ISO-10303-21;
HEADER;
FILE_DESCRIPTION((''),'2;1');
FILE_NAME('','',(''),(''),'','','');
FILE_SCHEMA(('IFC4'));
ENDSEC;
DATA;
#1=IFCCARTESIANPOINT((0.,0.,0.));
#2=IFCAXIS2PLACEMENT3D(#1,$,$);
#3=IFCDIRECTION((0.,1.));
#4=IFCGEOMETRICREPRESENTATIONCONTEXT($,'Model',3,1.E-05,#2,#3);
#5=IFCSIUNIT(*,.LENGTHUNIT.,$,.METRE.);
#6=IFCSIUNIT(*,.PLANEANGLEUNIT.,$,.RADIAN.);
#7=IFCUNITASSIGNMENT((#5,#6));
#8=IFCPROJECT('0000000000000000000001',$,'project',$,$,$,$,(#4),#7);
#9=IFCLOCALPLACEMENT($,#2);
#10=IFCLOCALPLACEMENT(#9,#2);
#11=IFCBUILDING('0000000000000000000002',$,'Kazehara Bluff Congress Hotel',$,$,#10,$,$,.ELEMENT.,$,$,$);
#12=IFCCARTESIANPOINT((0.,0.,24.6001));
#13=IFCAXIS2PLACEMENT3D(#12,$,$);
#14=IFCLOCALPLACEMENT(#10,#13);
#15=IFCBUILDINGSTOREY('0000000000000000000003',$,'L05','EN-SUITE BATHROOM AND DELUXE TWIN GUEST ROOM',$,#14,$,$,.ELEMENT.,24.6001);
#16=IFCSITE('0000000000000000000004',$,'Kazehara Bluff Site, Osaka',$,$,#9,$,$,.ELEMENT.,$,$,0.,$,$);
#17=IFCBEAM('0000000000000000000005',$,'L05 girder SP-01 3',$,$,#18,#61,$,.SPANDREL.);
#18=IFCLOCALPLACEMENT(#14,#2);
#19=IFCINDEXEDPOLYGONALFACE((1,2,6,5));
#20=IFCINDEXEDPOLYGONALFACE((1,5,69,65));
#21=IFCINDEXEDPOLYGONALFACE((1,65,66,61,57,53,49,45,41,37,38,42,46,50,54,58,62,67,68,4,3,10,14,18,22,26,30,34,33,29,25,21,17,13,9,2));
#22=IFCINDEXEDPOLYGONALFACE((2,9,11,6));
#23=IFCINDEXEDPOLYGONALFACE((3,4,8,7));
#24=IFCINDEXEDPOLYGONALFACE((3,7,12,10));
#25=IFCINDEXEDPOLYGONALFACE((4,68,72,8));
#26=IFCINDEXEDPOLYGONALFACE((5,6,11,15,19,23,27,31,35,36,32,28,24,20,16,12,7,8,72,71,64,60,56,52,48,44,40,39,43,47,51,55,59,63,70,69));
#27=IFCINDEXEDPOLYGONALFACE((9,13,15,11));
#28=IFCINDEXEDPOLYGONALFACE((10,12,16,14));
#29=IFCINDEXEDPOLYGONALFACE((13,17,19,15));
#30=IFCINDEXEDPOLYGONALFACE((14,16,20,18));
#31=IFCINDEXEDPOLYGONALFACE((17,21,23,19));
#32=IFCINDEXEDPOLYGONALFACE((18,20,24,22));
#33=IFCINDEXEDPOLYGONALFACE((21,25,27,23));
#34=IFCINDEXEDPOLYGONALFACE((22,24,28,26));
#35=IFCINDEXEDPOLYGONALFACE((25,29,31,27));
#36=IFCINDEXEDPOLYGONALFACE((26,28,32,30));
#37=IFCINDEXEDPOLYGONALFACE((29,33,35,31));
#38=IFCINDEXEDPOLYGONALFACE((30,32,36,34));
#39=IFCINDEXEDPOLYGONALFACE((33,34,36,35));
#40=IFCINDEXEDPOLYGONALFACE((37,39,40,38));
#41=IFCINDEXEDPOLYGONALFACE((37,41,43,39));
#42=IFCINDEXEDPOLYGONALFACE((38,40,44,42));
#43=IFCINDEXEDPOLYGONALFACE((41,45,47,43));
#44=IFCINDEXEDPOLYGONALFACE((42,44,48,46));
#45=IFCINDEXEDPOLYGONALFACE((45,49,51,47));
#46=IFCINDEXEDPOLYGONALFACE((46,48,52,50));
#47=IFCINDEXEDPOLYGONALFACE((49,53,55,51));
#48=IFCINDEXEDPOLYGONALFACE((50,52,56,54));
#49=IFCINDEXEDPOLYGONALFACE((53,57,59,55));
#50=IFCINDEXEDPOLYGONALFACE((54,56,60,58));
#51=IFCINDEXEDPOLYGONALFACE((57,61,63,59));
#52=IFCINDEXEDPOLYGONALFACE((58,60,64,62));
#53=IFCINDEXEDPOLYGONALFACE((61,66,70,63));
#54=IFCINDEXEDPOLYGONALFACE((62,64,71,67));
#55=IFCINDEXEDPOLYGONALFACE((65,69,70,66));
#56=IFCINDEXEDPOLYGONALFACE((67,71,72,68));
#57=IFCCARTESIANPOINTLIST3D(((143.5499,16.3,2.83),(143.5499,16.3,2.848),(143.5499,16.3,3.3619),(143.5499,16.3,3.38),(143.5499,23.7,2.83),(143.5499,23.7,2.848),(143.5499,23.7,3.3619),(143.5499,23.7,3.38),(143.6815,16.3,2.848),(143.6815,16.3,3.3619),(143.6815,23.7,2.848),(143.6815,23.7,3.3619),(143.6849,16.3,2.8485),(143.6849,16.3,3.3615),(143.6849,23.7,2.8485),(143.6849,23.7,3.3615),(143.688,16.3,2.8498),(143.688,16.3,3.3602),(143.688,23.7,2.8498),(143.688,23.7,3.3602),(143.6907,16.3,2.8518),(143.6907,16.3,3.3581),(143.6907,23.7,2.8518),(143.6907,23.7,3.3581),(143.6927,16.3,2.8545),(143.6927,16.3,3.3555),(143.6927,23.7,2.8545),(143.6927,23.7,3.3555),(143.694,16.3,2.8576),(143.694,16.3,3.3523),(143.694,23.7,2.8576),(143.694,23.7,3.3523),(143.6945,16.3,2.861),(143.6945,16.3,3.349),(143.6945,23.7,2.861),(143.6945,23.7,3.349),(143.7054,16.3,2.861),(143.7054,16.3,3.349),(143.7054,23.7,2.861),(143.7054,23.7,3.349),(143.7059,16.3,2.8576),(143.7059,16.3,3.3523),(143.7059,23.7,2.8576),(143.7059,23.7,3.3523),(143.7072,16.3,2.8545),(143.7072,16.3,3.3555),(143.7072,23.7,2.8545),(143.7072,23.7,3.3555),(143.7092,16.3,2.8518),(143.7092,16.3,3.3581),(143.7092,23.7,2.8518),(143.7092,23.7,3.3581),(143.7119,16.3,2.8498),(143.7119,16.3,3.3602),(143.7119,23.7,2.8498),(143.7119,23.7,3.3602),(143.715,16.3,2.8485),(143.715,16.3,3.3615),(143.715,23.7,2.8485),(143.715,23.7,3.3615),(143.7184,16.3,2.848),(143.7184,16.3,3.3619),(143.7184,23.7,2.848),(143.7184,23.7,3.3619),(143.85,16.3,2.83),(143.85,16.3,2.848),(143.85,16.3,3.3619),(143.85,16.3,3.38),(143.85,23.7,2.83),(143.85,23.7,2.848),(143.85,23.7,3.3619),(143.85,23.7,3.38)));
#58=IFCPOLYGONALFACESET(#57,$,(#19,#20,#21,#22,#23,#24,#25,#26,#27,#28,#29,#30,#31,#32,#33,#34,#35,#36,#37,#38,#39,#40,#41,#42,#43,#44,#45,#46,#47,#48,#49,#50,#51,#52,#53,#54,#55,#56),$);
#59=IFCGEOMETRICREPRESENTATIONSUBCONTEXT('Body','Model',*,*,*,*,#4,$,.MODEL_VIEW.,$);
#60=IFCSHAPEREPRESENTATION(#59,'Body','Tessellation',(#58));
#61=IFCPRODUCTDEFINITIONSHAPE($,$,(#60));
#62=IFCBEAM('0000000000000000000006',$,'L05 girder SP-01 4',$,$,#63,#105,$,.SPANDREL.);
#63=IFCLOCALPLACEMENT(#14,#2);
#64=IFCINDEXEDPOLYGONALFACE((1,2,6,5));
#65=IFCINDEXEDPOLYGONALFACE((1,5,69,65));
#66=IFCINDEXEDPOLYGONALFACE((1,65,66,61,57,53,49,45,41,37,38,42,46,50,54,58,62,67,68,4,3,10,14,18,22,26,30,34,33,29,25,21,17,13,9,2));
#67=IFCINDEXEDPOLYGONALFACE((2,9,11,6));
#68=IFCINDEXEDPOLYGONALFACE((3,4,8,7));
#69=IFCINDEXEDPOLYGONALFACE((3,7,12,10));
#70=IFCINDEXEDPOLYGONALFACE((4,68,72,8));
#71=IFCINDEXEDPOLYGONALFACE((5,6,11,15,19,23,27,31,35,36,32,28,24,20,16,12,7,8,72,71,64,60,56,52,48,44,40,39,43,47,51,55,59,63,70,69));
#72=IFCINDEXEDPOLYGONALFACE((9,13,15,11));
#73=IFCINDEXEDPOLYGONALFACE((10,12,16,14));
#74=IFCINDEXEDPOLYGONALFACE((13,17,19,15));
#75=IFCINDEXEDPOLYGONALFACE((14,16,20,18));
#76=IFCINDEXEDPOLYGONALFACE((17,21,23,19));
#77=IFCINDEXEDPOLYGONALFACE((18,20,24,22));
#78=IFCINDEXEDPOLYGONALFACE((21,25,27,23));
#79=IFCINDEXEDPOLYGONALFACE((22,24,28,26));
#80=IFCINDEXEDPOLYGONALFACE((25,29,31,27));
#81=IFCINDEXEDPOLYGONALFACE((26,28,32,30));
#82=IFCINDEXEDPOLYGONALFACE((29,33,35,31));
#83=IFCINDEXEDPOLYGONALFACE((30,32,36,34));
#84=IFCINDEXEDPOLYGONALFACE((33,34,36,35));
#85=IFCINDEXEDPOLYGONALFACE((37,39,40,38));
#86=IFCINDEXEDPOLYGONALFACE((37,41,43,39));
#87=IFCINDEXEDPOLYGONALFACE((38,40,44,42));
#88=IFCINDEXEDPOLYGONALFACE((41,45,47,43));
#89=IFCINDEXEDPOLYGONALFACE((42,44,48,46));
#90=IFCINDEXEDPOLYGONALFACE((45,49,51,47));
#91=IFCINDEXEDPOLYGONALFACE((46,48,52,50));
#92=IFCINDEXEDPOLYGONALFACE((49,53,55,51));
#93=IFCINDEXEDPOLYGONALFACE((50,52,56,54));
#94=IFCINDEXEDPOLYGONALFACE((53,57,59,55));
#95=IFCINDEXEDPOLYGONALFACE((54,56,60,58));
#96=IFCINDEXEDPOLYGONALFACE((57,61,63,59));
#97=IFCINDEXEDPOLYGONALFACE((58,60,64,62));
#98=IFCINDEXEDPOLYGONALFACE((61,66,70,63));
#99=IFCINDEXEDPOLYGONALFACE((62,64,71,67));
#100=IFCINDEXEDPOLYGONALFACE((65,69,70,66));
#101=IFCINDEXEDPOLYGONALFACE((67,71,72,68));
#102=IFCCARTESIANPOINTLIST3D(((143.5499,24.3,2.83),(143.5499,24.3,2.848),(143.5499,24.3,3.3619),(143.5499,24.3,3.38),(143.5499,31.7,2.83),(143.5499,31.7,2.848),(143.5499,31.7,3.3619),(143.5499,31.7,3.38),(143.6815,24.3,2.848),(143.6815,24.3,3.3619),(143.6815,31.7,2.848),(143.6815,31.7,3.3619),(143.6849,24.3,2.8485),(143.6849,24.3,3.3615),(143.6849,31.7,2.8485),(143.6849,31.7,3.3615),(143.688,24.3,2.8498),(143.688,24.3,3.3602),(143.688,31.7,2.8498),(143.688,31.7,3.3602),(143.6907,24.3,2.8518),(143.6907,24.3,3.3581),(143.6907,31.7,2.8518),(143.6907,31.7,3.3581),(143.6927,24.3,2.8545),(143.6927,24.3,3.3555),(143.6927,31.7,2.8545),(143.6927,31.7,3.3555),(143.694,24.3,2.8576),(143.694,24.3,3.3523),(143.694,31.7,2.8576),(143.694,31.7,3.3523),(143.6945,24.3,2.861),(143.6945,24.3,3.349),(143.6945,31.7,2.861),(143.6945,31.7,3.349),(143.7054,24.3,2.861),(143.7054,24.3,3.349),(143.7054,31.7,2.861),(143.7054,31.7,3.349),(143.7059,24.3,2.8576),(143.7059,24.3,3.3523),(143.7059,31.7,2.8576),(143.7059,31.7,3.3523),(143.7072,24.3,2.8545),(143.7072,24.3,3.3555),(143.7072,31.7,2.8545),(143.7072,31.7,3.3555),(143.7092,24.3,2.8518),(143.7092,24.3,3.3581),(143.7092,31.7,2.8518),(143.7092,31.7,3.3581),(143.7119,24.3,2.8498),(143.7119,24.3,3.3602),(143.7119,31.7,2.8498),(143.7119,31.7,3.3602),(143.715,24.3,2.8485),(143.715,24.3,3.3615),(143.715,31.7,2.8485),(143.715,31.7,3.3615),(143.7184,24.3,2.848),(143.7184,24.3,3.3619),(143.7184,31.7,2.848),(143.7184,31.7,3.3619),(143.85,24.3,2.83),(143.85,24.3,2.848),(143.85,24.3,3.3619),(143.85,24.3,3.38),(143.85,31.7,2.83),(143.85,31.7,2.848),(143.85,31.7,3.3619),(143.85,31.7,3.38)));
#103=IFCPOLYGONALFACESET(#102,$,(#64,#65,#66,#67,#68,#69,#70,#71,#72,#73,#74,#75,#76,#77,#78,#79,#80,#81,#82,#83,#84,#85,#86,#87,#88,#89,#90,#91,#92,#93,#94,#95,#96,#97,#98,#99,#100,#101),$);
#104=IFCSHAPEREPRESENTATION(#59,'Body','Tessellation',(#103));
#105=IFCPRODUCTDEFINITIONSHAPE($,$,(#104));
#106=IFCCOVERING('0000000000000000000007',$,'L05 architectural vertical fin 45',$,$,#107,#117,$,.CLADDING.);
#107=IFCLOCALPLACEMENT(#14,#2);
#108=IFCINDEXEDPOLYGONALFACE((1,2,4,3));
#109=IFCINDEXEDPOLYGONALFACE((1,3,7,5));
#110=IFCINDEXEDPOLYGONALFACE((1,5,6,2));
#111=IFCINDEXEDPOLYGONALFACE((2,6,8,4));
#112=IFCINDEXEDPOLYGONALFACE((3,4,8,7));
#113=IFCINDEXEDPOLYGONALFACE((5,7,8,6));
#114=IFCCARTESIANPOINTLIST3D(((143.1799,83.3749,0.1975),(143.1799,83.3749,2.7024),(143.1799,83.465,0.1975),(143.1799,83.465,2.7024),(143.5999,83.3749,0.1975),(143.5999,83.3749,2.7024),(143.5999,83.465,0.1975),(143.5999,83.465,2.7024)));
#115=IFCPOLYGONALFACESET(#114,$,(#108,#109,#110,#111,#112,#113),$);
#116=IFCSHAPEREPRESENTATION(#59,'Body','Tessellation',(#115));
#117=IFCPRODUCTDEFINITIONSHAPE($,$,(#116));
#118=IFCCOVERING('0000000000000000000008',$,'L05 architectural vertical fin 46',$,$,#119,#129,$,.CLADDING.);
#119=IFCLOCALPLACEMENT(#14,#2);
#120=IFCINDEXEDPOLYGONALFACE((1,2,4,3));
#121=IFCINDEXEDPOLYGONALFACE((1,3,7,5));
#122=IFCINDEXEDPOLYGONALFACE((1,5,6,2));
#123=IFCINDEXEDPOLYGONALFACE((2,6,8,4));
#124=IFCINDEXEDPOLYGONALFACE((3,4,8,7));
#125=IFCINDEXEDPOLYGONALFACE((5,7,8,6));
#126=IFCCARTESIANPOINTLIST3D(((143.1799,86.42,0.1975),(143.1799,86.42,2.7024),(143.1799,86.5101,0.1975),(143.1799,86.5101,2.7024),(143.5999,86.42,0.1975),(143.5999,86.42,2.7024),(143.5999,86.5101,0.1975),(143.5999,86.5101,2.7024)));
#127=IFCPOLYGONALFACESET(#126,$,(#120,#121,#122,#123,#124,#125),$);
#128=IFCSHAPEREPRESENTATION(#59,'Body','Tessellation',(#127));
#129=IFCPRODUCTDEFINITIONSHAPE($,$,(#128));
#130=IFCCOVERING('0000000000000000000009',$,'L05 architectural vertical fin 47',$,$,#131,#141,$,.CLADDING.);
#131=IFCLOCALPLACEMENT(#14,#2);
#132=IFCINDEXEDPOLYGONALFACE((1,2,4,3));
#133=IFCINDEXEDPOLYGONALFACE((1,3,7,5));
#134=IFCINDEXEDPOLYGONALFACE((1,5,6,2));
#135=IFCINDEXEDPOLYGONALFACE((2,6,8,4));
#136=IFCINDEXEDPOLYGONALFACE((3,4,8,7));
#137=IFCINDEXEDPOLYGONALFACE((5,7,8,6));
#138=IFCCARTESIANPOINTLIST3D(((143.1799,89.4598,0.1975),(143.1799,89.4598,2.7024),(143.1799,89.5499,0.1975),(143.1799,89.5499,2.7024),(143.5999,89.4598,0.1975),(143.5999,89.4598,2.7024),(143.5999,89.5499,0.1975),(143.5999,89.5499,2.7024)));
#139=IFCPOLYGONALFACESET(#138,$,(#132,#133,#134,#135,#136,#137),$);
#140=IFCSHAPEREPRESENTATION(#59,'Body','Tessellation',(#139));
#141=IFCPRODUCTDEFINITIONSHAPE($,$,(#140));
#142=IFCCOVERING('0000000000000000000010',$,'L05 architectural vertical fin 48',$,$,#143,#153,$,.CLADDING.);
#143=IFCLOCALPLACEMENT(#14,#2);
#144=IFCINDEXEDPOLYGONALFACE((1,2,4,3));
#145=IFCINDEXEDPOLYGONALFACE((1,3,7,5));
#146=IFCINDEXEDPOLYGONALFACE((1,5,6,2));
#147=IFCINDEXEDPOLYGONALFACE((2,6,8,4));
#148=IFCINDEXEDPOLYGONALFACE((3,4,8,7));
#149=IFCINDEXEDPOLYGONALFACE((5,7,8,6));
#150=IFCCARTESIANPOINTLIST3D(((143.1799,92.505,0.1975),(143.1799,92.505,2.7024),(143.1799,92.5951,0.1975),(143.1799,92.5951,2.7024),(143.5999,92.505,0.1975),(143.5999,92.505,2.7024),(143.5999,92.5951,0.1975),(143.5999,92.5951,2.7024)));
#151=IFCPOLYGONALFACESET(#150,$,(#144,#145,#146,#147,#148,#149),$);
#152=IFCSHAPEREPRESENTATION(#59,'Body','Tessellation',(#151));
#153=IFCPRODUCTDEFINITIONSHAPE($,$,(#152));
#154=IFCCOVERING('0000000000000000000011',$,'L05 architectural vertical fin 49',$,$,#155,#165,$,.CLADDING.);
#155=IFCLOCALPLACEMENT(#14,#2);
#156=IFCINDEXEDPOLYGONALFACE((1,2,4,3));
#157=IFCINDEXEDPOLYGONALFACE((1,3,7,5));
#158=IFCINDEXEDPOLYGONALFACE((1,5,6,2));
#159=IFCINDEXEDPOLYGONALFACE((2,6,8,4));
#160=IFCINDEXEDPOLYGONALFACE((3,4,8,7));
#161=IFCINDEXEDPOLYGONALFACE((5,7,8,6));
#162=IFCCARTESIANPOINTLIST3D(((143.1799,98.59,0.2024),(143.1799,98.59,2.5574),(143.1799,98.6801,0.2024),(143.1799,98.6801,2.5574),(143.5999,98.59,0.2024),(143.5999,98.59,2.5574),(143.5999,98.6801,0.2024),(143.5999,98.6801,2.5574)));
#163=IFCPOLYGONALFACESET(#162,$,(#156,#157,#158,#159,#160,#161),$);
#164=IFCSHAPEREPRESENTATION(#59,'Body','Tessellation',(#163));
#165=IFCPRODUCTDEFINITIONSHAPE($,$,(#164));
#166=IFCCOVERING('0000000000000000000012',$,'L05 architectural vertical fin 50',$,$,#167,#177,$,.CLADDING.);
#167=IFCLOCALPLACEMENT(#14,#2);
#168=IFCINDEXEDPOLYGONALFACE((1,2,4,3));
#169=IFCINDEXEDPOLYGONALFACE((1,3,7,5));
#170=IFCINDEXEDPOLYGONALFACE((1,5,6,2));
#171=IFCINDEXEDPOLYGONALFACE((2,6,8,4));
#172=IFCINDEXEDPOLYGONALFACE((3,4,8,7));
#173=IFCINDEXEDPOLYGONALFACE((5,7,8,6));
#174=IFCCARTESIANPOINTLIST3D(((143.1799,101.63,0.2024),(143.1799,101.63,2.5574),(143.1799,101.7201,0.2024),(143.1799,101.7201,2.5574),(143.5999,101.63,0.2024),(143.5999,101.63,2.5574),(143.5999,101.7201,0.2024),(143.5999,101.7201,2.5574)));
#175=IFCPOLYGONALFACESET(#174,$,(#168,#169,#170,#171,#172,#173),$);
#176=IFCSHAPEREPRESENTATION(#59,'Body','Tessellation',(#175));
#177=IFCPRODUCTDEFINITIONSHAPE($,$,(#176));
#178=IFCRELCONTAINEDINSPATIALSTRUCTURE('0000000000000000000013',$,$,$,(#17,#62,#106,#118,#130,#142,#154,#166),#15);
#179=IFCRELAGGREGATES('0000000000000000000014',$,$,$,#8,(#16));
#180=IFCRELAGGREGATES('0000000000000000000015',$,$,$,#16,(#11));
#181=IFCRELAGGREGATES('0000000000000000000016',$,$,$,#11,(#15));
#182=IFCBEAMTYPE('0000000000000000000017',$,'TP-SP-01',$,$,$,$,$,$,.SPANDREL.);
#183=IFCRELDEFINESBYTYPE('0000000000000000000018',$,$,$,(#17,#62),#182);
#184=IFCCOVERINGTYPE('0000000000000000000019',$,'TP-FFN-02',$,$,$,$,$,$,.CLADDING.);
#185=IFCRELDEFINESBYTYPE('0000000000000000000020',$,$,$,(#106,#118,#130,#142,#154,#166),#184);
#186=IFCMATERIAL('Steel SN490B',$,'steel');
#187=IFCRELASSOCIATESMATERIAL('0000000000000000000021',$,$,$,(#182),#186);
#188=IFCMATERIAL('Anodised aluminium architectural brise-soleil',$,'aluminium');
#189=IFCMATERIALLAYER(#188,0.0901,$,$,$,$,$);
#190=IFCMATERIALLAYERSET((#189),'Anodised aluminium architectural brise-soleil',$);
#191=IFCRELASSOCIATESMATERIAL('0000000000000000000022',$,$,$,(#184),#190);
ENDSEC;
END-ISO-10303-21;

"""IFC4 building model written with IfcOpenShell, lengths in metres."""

from ifc_helpers import new_model, si_unit, direction, frame, origin, origin_2d, place, context, subcontext, project, spatial, rectangle, i_section, extrude, material, layer, layer_set, material_profile, profile_set, type_object, element, save


model = new_model("IFC4")

# Units and contexts
model_context = context("Model", 3, precision=1e-05, world=origin(), true_north=direction((0.0, 1.0)))
body_context = subcontext(model_context, "Body", "Model", "MODEL_VIEW")
ifc_project = project(units=[si_unit("LENGTHUNIT", "METRE"), si_unit("PLANEANGLEUNIT", "RADIAN")], contexts=[model_context])

# Site, building, storey
site_placement = place(None, origin())
site = spatial("IfcSite", under=ifc_project, at=site_placement, Name="Kazehara Bluff Site, Osaka", CompositionType="ELEMENT", RefElevation=0.0)
building_placement = place(site_placement, origin())
building = spatial("IfcBuilding", under=site, at=building_placement, Name="Kazehara Bluff Congress Hotel", CompositionType="ELEMENT")
storey_placement = place(building_placement, frame((0.0, 0.0, 24.6001)))
storey = spatial("IfcBuildingStorey", under=building, at=storey_placement, Name="L05", Description="EN-SUITE BATHROOM AND DELUXE TWIN GUEST ROOM", CompositionType="ELEMENT", Elevation=24.6001)

# Beams
ifc_material_1 = material(Name="Steel SN490B", Category="steel")
ifc_material_profile_1 = material_profile(ifc_material_1, i_section(OverallWidth=0.3, OverallDepth=0.55, WebThickness=0.011, FlangeThickness=0.0181, FilletRadius=0.0129, at=origin_2d()))
ifc_profile_set_1 = profile_set([ifc_material_profile_1], Name="Steel SN490B")
beam_type = type_object("IfcBeamType", Name="TP-SP-01", PredefinedType="SPANDREL", material=ifc_profile_set_1)
for number, where, z_axis, x_axis, name in (
    (1, (143.7, 16.3, 3.105), (0.0, 1.0, 0.0), (-1.0, 0.0, 0.0), "L05 girder SP-01 3"),
    (2, (143.7, 24.3, 3.105), (0.0, 1.0, 0.0), (-1.0, 0.0, 0.0), "L05 girder SP-01 4"),
):
    element("IfcBeam", number, at=place(storey_placement, frame(where, z_axis=z_axis, x_axis=x_axis)), inside=storey, type_object=beam_type, Name=name, PredefinedType="SPANDREL", context=body_context, shape_type="SweptSolid", body=[
        extrude(i_section(OverallWidth=0.3, OverallDepth=0.55, WebThickness=0.011, FlangeThickness=0.0181, FilletRadius=0.0129, at=origin_2d()), origin(), (0.0, 0.0, 1.0), 7.3999),
    ])

# Coverings
ifc_material_2 = material(Name="Anodised aluminium architectural brise-soleil", Category="aluminium")
ifc_layer = layer(ifc_material_2, 0.0901)
ifc_layer_set = layer_set([ifc_layer], Name="Anodised aluminium architectural brise-soleil")
covering_type = type_object("IfcCoveringType", Name="TP-FFN-02", PredefinedType="CLADDING", material=ifc_layer_set)
for number, where, z_axis, x_axis, name in (
    (3, (143.3899, 83.4199, 0.1975), (0.0, 0.0, 1.0), (1.0, 0.0, 0.0), "L05 architectural vertical fin 45"),
    (4, (143.3899, 86.4651, 0.1975), (0.0, 0.0, 1.0), (1.0, 0.0, 0.0), "L05 architectural vertical fin 46"),
    (5, (143.3899, 89.5049, 0.1975), (0.0, 0.0, 1.0), (1.0, 0.0, 0.0), "L05 architectural vertical fin 47"),
    (6, (143.3899, 92.55, 0.1975), (0.0, 0.0, 1.0), (1.0, 0.0, 0.0), "L05 architectural vertical fin 48"),
):
    element("IfcCovering", number, at=place(storey_placement, frame(where, z_axis=z_axis, x_axis=x_axis)), inside=storey, type_object=covering_type, Name=name, PredefinedType="CLADDING", context=body_context, shape_type="SweptSolid", body=[
        extrude(rectangle(XDim=0.4199, YDim=0.0901, at=origin_2d()), origin(), (0.0, 0.0, 1.0), 2.5049),
    ])
for number, where, z_axis, x_axis, name in (
    (7, (143.3899, 98.635, 0.2024), (0.0, 0.0, 1.0), (1.0, 0.0, 0.0), "L05 architectural vertical fin 49"),
    (8, (143.3899, 101.675, 0.2024), (0.0, 0.0, 1.0), (1.0, 0.0, 0.0), "L05 architectural vertical fin 50"),
):
    element("IfcCovering", number, at=place(storey_placement, frame(where, z_axis=z_axis, x_axis=x_axis)), inside=storey, type_object=covering_type, Name=name, PredefinedType="CLADDING", context=body_context, shape_type="SweptSolid", body=[
        extrude(rectangle(XDim=0.4199, YDim=0.0901, at=origin_2d()), origin(), (0.0, 0.0, 1.0), 2.355),
    ])

save(model, "model.ifc")
